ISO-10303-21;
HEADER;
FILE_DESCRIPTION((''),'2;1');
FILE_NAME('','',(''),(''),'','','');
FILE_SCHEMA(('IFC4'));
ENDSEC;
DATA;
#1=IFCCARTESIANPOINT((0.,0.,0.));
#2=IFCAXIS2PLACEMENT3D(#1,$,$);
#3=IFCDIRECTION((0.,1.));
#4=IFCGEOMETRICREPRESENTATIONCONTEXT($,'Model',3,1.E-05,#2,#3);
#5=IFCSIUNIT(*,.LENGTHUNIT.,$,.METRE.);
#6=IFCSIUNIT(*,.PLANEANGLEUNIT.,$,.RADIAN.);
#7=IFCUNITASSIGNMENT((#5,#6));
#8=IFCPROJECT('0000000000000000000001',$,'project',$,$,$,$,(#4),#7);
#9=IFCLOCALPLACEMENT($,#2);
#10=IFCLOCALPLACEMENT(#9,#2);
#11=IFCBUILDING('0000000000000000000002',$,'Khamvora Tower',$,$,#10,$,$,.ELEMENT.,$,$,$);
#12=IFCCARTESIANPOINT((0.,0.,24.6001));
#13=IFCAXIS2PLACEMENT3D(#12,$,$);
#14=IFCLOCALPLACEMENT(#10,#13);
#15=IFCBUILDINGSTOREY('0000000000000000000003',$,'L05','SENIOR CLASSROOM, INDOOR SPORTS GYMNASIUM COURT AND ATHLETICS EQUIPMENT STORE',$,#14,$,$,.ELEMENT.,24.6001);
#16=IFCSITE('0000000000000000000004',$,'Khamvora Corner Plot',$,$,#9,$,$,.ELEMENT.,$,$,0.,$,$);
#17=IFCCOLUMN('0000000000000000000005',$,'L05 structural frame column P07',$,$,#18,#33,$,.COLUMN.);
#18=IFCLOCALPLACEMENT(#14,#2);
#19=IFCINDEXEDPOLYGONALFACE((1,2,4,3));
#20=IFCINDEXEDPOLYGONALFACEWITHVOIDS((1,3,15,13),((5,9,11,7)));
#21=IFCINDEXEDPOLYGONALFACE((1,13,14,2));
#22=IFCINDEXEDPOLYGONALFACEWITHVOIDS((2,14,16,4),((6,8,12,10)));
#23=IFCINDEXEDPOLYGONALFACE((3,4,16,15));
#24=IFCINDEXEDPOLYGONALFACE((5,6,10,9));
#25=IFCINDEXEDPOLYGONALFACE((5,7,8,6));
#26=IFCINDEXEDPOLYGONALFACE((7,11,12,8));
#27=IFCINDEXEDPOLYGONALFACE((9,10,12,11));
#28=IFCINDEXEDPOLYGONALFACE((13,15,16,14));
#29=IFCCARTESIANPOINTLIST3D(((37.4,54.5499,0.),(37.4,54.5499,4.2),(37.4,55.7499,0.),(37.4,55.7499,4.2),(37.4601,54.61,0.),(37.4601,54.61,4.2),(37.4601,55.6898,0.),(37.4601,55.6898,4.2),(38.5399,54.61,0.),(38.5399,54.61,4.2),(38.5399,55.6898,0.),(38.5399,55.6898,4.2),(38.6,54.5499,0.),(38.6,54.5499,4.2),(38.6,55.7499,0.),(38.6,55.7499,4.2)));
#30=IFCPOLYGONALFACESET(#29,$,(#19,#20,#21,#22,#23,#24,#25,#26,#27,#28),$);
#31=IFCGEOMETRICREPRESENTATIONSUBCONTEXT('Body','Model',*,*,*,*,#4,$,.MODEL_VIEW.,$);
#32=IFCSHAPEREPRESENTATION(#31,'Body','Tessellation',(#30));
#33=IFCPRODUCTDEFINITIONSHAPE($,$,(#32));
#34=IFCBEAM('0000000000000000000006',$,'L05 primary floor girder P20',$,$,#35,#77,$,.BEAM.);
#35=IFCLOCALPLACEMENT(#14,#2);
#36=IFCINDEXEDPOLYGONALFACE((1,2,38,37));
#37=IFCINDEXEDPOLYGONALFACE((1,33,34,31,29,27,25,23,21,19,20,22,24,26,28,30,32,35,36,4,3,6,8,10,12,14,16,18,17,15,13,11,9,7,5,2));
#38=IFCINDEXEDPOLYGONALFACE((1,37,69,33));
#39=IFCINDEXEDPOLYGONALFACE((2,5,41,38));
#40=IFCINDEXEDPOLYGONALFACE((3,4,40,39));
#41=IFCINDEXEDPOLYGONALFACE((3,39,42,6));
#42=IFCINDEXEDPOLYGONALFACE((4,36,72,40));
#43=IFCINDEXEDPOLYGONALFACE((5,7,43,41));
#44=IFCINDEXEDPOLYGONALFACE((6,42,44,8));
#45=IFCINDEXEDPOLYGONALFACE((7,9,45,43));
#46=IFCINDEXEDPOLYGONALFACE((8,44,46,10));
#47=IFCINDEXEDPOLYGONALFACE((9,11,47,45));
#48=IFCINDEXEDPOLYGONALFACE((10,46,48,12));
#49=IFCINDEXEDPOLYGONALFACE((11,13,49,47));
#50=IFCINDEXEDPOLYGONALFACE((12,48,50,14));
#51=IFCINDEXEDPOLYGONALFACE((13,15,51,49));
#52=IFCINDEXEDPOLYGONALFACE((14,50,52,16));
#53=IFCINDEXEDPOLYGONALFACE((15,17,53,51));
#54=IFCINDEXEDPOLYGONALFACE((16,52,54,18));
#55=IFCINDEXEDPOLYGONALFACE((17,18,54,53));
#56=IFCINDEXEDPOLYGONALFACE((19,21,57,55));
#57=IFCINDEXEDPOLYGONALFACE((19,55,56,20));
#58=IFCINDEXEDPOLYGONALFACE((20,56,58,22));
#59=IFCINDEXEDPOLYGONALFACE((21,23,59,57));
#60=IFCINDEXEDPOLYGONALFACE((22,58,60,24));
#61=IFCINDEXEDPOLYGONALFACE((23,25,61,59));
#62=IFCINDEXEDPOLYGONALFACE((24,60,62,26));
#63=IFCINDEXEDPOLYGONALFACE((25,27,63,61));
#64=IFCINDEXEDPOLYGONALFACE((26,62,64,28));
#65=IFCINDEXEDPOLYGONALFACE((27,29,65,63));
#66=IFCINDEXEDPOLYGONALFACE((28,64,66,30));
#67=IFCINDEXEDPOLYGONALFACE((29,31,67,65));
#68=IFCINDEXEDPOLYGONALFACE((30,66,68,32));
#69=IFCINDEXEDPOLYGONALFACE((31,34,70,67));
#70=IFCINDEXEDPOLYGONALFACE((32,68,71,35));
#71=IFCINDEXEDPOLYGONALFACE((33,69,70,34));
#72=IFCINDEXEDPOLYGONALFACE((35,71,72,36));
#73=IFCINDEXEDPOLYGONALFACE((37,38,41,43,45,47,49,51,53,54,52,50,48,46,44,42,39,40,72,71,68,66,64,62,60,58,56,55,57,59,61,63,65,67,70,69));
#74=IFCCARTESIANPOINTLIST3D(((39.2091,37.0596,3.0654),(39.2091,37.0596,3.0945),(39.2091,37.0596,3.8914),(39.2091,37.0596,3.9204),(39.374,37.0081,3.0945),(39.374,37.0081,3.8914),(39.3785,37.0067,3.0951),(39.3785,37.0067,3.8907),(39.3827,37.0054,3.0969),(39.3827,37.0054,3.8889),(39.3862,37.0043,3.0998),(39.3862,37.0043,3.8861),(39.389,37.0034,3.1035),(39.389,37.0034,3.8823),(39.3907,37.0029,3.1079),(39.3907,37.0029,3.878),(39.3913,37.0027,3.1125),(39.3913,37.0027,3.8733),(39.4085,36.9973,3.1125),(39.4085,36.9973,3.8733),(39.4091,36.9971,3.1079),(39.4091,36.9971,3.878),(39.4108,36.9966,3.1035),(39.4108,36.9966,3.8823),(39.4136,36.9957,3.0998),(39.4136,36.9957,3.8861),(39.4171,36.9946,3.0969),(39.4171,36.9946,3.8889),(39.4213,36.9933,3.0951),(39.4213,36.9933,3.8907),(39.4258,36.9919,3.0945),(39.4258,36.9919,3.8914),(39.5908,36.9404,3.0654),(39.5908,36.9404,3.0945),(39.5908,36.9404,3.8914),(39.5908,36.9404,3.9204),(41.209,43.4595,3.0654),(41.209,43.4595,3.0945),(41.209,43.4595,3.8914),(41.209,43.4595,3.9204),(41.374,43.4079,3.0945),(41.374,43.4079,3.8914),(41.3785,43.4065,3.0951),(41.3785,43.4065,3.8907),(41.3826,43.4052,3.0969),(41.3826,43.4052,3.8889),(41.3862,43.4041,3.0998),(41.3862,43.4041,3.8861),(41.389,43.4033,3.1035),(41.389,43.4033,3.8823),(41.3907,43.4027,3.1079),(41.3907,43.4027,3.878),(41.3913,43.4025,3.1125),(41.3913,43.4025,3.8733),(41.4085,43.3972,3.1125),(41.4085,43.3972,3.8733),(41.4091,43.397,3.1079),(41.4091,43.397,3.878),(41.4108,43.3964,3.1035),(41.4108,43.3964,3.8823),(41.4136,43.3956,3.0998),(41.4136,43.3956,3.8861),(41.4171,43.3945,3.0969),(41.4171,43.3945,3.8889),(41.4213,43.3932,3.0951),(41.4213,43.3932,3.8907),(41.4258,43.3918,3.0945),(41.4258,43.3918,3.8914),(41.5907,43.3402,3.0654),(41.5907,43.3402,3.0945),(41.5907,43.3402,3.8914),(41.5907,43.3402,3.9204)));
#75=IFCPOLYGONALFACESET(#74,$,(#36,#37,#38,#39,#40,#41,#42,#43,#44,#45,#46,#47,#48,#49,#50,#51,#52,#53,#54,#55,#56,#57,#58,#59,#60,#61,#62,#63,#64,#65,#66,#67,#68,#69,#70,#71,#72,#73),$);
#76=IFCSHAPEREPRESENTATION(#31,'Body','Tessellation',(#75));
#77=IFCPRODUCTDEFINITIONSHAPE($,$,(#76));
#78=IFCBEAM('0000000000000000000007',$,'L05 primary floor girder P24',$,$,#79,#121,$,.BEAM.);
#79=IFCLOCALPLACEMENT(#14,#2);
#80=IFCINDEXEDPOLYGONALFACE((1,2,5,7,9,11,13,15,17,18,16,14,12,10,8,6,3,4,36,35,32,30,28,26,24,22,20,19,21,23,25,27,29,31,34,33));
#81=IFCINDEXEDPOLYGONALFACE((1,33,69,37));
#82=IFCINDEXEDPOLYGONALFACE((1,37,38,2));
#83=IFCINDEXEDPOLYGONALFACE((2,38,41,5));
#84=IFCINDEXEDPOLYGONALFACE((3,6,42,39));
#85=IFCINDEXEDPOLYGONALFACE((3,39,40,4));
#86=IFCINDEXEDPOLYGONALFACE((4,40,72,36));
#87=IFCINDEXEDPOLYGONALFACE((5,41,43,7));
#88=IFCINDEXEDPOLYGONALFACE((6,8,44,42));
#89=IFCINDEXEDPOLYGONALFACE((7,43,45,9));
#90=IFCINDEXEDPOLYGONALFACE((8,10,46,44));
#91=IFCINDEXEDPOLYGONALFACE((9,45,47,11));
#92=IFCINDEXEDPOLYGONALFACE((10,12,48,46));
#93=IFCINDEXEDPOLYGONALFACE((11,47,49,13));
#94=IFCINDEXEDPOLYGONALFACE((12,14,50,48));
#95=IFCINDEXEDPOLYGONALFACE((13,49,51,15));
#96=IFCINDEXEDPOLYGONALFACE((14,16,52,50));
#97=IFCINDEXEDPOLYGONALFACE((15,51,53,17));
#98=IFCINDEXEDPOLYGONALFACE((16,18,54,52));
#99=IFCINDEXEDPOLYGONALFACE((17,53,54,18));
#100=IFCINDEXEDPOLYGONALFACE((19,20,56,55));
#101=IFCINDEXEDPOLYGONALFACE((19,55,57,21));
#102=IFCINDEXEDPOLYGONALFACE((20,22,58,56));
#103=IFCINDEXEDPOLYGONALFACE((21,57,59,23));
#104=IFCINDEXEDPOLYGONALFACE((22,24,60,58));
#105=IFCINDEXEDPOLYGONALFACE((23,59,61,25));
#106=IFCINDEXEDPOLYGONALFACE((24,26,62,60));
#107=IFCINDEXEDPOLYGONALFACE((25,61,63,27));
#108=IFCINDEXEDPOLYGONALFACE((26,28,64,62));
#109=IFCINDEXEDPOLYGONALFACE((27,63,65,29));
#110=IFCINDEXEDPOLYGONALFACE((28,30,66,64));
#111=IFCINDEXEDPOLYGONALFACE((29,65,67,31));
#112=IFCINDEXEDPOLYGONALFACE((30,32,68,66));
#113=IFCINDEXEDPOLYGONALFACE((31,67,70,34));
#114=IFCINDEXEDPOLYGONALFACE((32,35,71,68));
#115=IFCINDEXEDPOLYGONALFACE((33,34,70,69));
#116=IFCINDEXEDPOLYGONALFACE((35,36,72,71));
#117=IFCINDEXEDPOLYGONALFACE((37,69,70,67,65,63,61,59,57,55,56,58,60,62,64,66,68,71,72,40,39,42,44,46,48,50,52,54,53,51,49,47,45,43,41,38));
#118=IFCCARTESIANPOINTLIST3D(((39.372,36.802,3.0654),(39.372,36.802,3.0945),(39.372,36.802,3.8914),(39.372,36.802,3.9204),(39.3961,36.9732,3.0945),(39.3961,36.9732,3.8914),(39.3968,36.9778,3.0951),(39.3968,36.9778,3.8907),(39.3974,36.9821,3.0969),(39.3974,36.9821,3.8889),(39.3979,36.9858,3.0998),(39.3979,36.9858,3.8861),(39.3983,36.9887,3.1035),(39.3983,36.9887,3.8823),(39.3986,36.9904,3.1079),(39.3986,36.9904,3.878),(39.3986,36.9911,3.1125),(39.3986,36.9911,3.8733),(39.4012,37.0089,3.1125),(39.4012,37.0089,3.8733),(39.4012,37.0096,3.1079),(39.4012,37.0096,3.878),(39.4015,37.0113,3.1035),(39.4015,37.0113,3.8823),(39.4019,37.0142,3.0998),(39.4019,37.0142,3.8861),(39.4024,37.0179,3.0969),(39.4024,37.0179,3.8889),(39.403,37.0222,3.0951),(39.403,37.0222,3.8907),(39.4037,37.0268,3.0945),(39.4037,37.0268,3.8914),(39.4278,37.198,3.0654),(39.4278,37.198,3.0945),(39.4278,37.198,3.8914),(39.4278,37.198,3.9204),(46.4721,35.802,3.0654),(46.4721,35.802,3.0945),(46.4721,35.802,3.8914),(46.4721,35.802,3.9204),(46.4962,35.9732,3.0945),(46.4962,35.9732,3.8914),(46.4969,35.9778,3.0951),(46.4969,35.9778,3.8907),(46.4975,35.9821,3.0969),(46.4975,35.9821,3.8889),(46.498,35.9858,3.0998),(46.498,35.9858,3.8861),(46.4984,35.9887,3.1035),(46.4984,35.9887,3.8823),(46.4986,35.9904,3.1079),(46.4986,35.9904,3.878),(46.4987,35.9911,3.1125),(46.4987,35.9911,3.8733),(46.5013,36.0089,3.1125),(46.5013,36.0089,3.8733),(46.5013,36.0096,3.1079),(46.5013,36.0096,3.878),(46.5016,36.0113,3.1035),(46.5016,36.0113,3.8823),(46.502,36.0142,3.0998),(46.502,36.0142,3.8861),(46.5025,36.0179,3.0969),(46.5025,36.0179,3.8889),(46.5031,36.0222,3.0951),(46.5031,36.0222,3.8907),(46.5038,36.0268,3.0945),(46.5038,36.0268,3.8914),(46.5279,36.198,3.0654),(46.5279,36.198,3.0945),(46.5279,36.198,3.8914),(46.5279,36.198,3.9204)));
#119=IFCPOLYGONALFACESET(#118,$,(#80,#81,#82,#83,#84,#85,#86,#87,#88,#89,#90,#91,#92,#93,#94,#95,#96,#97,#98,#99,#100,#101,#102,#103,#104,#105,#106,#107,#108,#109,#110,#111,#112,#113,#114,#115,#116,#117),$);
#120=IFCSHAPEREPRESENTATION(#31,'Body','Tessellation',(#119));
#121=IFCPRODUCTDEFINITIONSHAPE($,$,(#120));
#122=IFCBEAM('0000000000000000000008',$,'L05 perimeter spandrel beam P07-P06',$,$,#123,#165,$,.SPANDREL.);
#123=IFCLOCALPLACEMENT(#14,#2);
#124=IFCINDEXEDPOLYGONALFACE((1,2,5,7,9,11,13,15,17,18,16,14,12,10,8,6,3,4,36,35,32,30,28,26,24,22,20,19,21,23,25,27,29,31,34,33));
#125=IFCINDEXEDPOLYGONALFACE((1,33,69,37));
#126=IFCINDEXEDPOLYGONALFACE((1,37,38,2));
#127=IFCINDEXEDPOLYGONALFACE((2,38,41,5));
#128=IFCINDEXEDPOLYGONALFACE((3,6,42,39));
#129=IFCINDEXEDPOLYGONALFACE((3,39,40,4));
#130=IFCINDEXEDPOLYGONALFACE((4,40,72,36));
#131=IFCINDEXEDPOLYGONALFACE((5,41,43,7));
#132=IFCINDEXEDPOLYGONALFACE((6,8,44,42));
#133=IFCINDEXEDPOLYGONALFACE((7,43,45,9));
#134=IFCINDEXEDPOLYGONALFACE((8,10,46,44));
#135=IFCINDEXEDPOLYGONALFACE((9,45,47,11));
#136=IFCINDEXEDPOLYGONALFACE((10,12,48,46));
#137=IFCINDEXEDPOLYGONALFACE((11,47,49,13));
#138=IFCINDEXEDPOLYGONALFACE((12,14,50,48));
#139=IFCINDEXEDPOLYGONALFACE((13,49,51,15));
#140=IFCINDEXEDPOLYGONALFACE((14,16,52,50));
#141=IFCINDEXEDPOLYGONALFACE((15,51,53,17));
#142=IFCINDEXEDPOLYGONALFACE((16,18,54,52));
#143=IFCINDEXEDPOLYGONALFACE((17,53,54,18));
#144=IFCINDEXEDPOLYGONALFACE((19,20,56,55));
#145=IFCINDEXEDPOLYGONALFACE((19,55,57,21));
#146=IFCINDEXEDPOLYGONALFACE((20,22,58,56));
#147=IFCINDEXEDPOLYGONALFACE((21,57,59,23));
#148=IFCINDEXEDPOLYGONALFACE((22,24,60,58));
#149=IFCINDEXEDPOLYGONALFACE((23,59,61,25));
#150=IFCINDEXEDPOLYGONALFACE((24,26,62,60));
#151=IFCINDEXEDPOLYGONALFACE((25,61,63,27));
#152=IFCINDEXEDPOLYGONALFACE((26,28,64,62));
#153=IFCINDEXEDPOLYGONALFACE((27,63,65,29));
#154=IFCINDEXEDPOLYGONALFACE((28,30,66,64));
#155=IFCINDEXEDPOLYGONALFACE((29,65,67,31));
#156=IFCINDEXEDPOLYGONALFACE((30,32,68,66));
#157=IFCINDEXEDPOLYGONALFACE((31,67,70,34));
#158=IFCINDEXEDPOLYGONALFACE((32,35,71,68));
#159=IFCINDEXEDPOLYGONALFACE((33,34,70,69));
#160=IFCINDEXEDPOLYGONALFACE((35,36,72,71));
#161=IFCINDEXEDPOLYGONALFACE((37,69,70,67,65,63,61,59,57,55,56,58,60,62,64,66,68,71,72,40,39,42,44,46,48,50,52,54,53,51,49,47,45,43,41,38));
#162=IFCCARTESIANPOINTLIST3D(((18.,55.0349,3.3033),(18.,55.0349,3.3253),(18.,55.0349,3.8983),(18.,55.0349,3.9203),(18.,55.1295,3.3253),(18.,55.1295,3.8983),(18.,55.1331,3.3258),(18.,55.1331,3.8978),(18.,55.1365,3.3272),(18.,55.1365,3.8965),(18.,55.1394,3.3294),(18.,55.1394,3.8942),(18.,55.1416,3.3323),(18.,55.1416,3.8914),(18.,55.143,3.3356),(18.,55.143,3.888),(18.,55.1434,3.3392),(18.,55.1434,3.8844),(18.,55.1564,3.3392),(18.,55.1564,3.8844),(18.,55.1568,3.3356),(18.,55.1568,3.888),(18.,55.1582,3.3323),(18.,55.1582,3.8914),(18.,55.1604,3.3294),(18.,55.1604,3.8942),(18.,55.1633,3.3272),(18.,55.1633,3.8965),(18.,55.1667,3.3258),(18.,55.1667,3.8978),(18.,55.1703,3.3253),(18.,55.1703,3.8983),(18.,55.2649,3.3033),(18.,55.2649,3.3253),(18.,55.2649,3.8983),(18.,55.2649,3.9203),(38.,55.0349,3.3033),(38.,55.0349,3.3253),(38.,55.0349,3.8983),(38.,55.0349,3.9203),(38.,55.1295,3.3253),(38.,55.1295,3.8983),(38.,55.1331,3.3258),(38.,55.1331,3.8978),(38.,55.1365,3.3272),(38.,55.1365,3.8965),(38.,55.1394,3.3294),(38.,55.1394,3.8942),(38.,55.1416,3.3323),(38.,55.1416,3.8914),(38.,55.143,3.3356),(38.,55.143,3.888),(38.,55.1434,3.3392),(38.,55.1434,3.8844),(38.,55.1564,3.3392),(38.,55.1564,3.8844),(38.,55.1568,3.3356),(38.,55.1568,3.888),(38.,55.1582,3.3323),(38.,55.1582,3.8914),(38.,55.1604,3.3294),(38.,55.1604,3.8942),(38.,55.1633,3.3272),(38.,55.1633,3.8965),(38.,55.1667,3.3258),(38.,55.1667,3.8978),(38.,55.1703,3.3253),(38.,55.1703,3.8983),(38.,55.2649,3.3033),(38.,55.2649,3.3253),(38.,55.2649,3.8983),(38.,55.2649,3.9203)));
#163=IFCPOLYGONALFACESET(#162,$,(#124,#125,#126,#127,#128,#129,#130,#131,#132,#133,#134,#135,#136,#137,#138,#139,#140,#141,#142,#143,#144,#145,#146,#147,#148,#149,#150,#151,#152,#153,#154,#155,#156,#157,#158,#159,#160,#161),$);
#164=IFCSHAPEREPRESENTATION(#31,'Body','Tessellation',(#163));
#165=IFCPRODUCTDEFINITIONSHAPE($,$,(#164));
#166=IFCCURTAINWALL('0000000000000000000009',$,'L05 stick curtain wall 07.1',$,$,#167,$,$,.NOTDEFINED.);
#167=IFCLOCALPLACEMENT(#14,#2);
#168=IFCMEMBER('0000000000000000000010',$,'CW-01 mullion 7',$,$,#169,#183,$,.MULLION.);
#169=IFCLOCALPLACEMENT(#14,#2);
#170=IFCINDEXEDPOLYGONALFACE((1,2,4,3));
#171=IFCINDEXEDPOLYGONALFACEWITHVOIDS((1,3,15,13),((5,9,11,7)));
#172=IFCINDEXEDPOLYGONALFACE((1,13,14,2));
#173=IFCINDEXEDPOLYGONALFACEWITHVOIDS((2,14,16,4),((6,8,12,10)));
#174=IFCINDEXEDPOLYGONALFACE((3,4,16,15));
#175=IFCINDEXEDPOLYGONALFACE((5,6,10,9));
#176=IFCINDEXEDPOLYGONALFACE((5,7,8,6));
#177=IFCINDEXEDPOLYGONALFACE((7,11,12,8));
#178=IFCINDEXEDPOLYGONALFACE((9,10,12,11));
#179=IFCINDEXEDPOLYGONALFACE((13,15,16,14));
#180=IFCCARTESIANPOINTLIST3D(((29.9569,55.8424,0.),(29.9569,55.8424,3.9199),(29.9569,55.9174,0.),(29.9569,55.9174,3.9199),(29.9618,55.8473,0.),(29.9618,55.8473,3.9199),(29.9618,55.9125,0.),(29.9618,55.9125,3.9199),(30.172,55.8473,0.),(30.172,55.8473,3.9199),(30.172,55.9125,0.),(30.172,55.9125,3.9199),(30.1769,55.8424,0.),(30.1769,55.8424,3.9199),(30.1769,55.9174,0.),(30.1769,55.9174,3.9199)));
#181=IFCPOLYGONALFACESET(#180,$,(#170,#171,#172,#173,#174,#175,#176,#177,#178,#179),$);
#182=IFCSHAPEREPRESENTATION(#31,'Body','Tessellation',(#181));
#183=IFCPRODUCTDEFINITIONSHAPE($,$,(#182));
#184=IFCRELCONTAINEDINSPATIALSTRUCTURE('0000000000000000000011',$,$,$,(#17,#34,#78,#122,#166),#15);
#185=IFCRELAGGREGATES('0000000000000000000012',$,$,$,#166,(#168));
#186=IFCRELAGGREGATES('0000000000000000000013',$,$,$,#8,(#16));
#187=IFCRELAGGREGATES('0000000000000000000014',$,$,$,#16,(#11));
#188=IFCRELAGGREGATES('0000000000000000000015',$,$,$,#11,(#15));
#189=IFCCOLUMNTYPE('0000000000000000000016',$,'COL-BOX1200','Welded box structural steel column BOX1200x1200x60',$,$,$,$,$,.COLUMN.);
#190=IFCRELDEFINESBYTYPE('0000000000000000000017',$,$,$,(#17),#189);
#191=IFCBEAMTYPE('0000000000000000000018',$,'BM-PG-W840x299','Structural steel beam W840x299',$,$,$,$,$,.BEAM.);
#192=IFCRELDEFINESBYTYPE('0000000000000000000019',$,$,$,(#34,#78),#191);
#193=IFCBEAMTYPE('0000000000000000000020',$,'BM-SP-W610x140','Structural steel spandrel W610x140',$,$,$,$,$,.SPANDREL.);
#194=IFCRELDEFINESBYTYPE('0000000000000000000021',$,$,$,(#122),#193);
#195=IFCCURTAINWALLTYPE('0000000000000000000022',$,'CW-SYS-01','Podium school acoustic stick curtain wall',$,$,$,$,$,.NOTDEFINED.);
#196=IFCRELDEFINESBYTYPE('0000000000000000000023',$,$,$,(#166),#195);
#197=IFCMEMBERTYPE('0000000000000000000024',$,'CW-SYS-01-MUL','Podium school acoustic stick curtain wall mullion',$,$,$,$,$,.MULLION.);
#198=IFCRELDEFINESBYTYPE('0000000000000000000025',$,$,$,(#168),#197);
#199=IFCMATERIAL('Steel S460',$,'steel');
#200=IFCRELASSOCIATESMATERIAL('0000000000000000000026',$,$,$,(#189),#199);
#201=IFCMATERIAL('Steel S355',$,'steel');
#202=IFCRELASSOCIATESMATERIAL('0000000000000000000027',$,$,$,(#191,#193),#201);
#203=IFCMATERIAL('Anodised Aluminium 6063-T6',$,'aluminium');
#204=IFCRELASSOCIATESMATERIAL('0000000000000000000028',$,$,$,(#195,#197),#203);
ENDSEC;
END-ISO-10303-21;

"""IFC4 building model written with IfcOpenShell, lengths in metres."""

from ifc_helpers import new_model, si_unit, direction, frame, origin, origin_2d, place, context, subcontext, project, spatial, hollow_rectangle, i_section, extrude, material, material_profile, profile_set, type_object, element, aggregate, save


model = new_model("IFC4")

# Units and contexts
model_context = context("Model", 3, precision=1e-05, world=origin(), true_north=direction((0.0, 1.0)))
body_context = subcontext(model_context, "Body", "Model", "MODEL_VIEW")
ifc_project = project(units=[si_unit("LENGTHUNIT", "METRE"), si_unit("PLANEANGLEUNIT", "RADIAN")], contexts=[model_context])

# Site, building, storey
site_placement = place(None, origin())
site = spatial("IfcSite", under=ifc_project, at=site_placement, Name="Khamvora Corner Plot", CompositionType="ELEMENT", RefElevation=0.0)
building_placement = place(site_placement, origin())
building = spatial("IfcBuilding", under=site, at=building_placement, Name="Khamvora Tower", CompositionType="ELEMENT")
storey_placement = place(building_placement, frame((0.0, 0.0, 24.6001)))
storey = spatial("IfcBuildingStorey", under=building, at=storey_placement, Name="L05", Description="SENIOR CLASSROOM, INDOOR SPORTS GYMNASIUM COURT AND ATHLETICS EQUIPMENT STORE", CompositionType="ELEMENT", Elevation=24.6001)

# Column
ifc_material_1 = material(Name="Steel S460", Category="steel")
ifc_material_profile_1 = material_profile(ifc_material_1, hollow_rectangle(XDim=1.2, YDim=1.2, WallThickness=0.0601, at=origin_2d()), Name="BOX1200x1200x60")
ifc_profile_set_1 = profile_set([ifc_material_profile_1], Name="Steel S460")
column_type = type_object("IfcColumnType", Name="COL-BOX1200", Description="Welded box structural steel column BOX1200x1200x60", PredefinedType="COLUMN", material=ifc_profile_set_1)
column_placement = place(storey_placement, frame((38.0, 55.1499, 0.0), z_axis=(0.0, 0.0, 1.0), x_axis=(1.0, 0.0, 0.0)))
element("IfcColumn", 1, at=column_placement, inside=storey, type_object=column_type, Name="L05 structural frame column P07", PredefinedType="COLUMN", context=body_context, shape_type="SweptSolid", body=[
    extrude(hollow_rectangle(XDim=1.2, YDim=1.2, WallThickness=0.0601, at=origin_2d()), origin(), (0.0, 0.0, 1.0), 4.2),
])

# Beams
ifc_material_2 = material(Name="Steel S355", Category="steel")
ifc_material_profile_2 = material_profile(ifc_material_2, i_section(OverallWidth=0.3999, OverallDepth=0.855, WebThickness=0.0181, FlangeThickness=0.0291, FilletRadius=0.0181, at=origin_2d()), Name="W840x299")
ifc_profile_set_2 = profile_set([ifc_material_profile_2], Name="Steel S355")
beam_type_1 = type_object("IfcBeamType", Name="BM-PG-W840x299", Description="Structural steel beam W840x299", PredefinedType="BEAM", material=ifc_profile_set_2)
beam_1_placement = place(storey_placement, frame((39.3999, 37.0, 3.4929), z_axis=(0.298279, 0.954479, 0.0), x_axis=(-0.954479, 0.298279, 0.0)))
element("IfcBeam", 2, at=beam_1_placement, inside=storey, type_object=beam_type_1, Name="L05 primary floor girder P20", PredefinedType="BEAM", context=body_context, shape_type="SweptSolid", body=[
    extrude(i_section(OverallWidth=0.3999, OverallDepth=0.855, WebThickness=0.0181, FlangeThickness=0.0291, FilletRadius=0.0181, at=origin_2d()), origin(), (0.0, 0.0, 1.0), 6.7051),
])
beam_2_placement = place(storey_placement, frame((39.3999, 37.0, 3.4929), z_axis=(0.990227, -0.139467, 0.0), x_axis=(0.139467, 0.990227, 0.0)))
element("IfcBeam", 3, at=beam_2_placement, inside=storey, type_object=beam_type_1, Name="L05 primary floor girder P24", PredefinedType="BEAM", context=body_context, shape_type="SweptSolid", body=[
    extrude(i_section(OverallWidth=0.3999, OverallDepth=0.855, WebThickness=0.0181, FlangeThickness=0.0291, FilletRadius=0.0181, at=origin_2d()), origin(), (0.0, 0.0, 1.0), 7.1702),
])
ifc_material_profile_3 = material_profile(ifc_material_2, i_section(OverallWidth=0.23, OverallDepth=0.6169, WebThickness=0.0129, FlangeThickness=0.022, FilletRadius=0.0139, at=origin_2d()), Name="W610x140")
ifc_profile_set_3 = profile_set([ifc_material_profile_3], Name="Steel S355")
beam_type_2 = type_object("IfcBeamType", Name="BM-SP-W610x140", Description="Structural steel spandrel W610x140", PredefinedType="SPANDREL", material=ifc_profile_set_3)
beam_3_placement = place(storey_placement, frame((38.0, 55.1499, 3.6118), z_axis=(-1.0, 0.0, 0.0), x_axis=(0.0, -1.0, 0.0)))
element("IfcBeam", 4, at=beam_3_placement, inside=storey, type_object=beam_type_2, Name="L05 perimeter spandrel beam P07-P06", PredefinedType="SPANDREL", context=body_context, shape_type="SweptSolid", body=[
    extrude(i_section(OverallWidth=0.23, OverallDepth=0.6169, WebThickness=0.0129, FlangeThickness=0.022, FilletRadius=0.0139, at=origin_2d()), origin(), (0.0, 0.0, 1.0), 20.0),
])

# Curtain wall, member
ifc_material_3 = material(Name="Anodised Aluminium 6063-T6", Category="aluminium")
curtain_wall_type = type_object("IfcCurtainWallType", Name="CW-SYS-01", Description="Podium school acoustic stick curtain wall", PredefinedType="NOTDEFINED", material=ifc_material_3)
curtain_wall_placement = place(storey_placement, origin())
curtain_wall = element("IfcCurtainWall", 5, at=curtain_wall_placement, inside=storey, type_object=curtain_wall_type, Name="L05 stick curtain wall 07.1", PredefinedType="NOTDEFINED")
ifc_material_profile_4 = material_profile(ifc_material_3, hollow_rectangle(XDim=0.075, YDim=0.22, WallThickness=0.0049, at=origin_2d()), Name="MUL75x220x5")
ifc_profile_set_4 = profile_set([ifc_material_profile_4], Name="Anodised Aluminium 6063-T6")
member_type_1 = type_object("IfcMemberType", Name="CW-SYS-01-MUL", Description="Podium school acoustic stick curtain wall mullion", PredefinedType="MULLION", material=ifc_profile_set_4)
member_1_placement = place(storey_placement, frame((30.0669, 55.8799, 0.0), z_axis=(0.0, 0.0, 1.0), x_axis=(0.0, 1.0, 0.0)))
member_1 = element("IfcMember", 6, at=member_1_placement, type_object=member_type_1, Name="CW-01 mullion 7", PredefinedType="MULLION", context=body_context, shape_type="SweptSolid", body=[
    extrude(hollow_rectangle(XDim=0.075, YDim=0.22, WallThickness=0.0049, at=origin_2d()), origin(), (0.0, 0.0, 1.0), 3.9199),
])
aggregate(curtain_wall, [member_1])

save(model, "model.ifc")
